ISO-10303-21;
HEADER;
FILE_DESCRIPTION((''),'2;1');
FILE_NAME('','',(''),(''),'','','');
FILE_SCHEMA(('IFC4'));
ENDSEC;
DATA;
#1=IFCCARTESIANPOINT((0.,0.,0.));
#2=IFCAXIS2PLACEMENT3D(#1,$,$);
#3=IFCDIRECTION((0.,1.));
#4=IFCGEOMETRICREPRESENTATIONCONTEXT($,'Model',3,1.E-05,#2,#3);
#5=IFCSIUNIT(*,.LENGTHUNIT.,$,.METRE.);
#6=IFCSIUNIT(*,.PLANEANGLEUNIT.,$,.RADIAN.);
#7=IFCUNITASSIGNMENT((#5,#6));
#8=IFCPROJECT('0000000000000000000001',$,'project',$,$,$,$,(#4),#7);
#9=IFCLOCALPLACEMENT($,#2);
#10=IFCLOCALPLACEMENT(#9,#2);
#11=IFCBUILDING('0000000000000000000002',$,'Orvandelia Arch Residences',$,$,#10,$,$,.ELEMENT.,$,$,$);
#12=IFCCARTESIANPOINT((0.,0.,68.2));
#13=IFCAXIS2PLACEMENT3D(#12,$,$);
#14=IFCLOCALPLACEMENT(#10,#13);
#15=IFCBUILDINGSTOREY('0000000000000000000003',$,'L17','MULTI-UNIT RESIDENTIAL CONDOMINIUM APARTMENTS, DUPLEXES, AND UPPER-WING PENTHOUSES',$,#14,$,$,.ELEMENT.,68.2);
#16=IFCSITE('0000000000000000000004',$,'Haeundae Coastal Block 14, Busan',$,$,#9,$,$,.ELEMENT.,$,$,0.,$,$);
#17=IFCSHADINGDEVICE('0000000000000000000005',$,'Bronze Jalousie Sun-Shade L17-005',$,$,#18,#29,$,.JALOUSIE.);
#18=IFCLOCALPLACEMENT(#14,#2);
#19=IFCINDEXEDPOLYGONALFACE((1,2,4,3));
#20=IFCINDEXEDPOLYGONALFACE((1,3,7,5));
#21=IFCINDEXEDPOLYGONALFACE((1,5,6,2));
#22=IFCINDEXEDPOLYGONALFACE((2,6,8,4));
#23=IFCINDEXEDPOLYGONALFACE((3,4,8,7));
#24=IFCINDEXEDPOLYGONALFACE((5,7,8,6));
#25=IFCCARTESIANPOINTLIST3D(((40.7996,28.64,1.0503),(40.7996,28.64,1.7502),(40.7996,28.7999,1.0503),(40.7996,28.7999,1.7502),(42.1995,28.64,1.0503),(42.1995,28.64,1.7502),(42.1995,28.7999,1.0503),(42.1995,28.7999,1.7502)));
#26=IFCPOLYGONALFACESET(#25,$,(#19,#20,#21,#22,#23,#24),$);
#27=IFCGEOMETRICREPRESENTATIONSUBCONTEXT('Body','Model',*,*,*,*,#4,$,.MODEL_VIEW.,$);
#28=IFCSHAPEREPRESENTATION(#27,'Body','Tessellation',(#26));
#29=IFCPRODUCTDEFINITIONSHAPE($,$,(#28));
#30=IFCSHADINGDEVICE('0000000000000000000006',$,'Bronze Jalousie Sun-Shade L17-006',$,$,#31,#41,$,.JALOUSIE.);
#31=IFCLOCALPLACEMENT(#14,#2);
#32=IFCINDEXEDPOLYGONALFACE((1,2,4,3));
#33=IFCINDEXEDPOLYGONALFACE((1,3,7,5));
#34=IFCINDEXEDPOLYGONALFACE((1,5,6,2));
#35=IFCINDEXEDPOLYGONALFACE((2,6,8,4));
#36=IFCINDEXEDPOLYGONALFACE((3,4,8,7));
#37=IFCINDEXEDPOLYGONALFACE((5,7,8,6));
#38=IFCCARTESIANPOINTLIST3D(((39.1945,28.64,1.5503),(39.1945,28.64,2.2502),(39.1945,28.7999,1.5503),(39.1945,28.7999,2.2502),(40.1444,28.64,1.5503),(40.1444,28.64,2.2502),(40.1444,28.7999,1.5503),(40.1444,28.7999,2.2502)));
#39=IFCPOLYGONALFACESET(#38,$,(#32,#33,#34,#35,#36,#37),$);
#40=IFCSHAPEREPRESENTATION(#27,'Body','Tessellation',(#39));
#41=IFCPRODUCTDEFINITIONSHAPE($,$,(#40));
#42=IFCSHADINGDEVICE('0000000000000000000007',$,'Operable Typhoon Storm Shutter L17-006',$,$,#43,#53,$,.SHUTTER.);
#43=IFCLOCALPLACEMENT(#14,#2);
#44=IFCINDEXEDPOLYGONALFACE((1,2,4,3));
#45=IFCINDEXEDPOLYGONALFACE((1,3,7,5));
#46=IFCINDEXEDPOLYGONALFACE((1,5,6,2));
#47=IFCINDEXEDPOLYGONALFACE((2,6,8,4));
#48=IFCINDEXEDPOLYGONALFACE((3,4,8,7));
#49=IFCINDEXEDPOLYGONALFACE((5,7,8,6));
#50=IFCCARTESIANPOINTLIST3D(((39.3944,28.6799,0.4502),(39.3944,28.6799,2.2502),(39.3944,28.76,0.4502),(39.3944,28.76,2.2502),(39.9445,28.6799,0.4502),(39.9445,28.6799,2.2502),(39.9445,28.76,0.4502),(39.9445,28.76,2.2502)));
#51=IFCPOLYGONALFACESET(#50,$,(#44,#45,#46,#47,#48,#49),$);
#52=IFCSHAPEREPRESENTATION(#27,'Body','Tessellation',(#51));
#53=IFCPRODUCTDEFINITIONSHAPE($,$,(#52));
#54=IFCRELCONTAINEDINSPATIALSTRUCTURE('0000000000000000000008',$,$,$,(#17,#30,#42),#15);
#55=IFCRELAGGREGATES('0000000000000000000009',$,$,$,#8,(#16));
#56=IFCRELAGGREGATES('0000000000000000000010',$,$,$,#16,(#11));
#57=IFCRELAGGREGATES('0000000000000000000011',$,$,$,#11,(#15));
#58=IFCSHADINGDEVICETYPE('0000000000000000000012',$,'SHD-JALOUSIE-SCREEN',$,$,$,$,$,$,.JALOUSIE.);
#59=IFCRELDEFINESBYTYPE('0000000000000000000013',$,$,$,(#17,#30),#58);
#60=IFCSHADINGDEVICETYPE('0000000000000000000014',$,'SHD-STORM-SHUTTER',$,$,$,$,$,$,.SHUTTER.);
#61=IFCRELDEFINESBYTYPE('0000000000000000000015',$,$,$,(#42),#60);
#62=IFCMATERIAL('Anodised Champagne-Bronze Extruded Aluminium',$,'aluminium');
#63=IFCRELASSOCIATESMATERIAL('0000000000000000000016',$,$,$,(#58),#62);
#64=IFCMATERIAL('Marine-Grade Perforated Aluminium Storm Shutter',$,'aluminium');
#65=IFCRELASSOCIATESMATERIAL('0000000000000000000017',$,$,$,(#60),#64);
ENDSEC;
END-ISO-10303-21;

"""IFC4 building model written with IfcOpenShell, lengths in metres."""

from ifc_helpers import new_model, si_unit, direction, frame, origin, origin_2d, place, context, subcontext, project, spatial, rectangle, extrude, material, type_object, element, save


model = new_model("IFC4")

# Units and contexts
model_context = context("Model", 3, precision=1e-05, world=origin(), true_north=direction((0.0, 1.0)))
body_context = subcontext(model_context, "Body", "Model", "MODEL_VIEW")
ifc_project = project(units=[si_unit("LENGTHUNIT", "METRE"), si_unit("PLANEANGLEUNIT", "RADIAN")], contexts=[model_context])

# Site, building, storey
site_placement = place(None, origin())
site = spatial("IfcSite", under=ifc_project, at=site_placement, Name="Haeundae Coastal Block 14, Busan", CompositionType="ELEMENT", RefElevation=0.0)
building_placement = place(site_placement, origin())
building = spatial("IfcBuilding", under=site, at=building_placement, Name="Orvandelia Arch Residences", CompositionType="ELEMENT")
storey_placement = place(building_placement, frame((0.0, 0.0, 68.2)))
storey = spatial("IfcBuildingStorey", under=building, at=storey_placement, Name="L17", Description="MULTI-UNIT RESIDENTIAL CONDOMINIUM APARTMENTS, DUPLEXES, AND UPPER-WING PENTHOUSES", CompositionType="ELEMENT", Elevation=68.2)

# Shading devices
ifc_material_1 = material(Name="Anodised Champagne-Bronze Extruded Aluminium", Category="aluminium")
shading_device_type_1 = type_object("IfcShadingDeviceType", Name="SHD-JALOUSIE-SCREEN", PredefinedType="JALOUSIE", material=ifc_material_1)
shading_device_1_placement = place(storey_placement, frame((41.4995, 28.72, 1.0503), z_axis=(0.0, 0.0, 1.0), x_axis=(-1.0, 0.0, 0.0)))
element("IfcShadingDevice", 1, at=shading_device_1_placement, inside=storey, type_object=shading_device_type_1, Name="Bronze Jalousie Sun-Shade L17-005", PredefinedType="JALOUSIE", context=body_context, shape_type="SweptSolid", body=[
    extrude(rectangle(XDim=1.3999, YDim=0.1599, at=origin_2d()), origin(), (0.0, 0.0, 1.0), 0.7),
])
shading_device_2_placement = place(storey_placement, frame((39.6694, 28.72, 1.5503), z_axis=(0.0, 0.0, 1.0), x_axis=(-1.0, 0.0, 0.0)))
element("IfcShadingDevice", 2, at=shading_device_2_placement, inside=storey, type_object=shading_device_type_1, Name="Bronze Jalousie Sun-Shade L17-006", PredefinedType="JALOUSIE", context=body_context, shape_type="SweptSolid", body=[
    extrude(rectangle(XDim=0.95, YDim=0.1599, at=origin_2d()), origin(), (0.0, 0.0, 1.0), 0.7),
])
ifc_material_2 = material(Name="Marine-Grade Perforated Aluminium Storm Shutter", Category="aluminium")
shading_device_type_2 = type_object("IfcShadingDeviceType", Name="SHD-STORM-SHUTTER", PredefinedType="SHUTTER", material=ifc_material_2)
shading_device_3_placement = place(storey_placement, frame((39.6694, 28.72, 0.4502), z_axis=(0.0, 0.0, 1.0), x_axis=(-1.0, 0.0, 0.0)))
element("IfcShadingDevice", 3, at=shading_device_3_placement, inside=storey, type_object=shading_device_type_2, Name="Operable Typhoon Storm Shutter L17-006", PredefinedType="SHUTTER", context=body_context, shape_type="SweptSolid", body=[
    extrude(rectangle(XDim=0.55, YDim=0.0801, at=origin_2d()), origin(), (0.0, 0.0, 1.0), 1.8),
])

save(model, "model.ifc")
